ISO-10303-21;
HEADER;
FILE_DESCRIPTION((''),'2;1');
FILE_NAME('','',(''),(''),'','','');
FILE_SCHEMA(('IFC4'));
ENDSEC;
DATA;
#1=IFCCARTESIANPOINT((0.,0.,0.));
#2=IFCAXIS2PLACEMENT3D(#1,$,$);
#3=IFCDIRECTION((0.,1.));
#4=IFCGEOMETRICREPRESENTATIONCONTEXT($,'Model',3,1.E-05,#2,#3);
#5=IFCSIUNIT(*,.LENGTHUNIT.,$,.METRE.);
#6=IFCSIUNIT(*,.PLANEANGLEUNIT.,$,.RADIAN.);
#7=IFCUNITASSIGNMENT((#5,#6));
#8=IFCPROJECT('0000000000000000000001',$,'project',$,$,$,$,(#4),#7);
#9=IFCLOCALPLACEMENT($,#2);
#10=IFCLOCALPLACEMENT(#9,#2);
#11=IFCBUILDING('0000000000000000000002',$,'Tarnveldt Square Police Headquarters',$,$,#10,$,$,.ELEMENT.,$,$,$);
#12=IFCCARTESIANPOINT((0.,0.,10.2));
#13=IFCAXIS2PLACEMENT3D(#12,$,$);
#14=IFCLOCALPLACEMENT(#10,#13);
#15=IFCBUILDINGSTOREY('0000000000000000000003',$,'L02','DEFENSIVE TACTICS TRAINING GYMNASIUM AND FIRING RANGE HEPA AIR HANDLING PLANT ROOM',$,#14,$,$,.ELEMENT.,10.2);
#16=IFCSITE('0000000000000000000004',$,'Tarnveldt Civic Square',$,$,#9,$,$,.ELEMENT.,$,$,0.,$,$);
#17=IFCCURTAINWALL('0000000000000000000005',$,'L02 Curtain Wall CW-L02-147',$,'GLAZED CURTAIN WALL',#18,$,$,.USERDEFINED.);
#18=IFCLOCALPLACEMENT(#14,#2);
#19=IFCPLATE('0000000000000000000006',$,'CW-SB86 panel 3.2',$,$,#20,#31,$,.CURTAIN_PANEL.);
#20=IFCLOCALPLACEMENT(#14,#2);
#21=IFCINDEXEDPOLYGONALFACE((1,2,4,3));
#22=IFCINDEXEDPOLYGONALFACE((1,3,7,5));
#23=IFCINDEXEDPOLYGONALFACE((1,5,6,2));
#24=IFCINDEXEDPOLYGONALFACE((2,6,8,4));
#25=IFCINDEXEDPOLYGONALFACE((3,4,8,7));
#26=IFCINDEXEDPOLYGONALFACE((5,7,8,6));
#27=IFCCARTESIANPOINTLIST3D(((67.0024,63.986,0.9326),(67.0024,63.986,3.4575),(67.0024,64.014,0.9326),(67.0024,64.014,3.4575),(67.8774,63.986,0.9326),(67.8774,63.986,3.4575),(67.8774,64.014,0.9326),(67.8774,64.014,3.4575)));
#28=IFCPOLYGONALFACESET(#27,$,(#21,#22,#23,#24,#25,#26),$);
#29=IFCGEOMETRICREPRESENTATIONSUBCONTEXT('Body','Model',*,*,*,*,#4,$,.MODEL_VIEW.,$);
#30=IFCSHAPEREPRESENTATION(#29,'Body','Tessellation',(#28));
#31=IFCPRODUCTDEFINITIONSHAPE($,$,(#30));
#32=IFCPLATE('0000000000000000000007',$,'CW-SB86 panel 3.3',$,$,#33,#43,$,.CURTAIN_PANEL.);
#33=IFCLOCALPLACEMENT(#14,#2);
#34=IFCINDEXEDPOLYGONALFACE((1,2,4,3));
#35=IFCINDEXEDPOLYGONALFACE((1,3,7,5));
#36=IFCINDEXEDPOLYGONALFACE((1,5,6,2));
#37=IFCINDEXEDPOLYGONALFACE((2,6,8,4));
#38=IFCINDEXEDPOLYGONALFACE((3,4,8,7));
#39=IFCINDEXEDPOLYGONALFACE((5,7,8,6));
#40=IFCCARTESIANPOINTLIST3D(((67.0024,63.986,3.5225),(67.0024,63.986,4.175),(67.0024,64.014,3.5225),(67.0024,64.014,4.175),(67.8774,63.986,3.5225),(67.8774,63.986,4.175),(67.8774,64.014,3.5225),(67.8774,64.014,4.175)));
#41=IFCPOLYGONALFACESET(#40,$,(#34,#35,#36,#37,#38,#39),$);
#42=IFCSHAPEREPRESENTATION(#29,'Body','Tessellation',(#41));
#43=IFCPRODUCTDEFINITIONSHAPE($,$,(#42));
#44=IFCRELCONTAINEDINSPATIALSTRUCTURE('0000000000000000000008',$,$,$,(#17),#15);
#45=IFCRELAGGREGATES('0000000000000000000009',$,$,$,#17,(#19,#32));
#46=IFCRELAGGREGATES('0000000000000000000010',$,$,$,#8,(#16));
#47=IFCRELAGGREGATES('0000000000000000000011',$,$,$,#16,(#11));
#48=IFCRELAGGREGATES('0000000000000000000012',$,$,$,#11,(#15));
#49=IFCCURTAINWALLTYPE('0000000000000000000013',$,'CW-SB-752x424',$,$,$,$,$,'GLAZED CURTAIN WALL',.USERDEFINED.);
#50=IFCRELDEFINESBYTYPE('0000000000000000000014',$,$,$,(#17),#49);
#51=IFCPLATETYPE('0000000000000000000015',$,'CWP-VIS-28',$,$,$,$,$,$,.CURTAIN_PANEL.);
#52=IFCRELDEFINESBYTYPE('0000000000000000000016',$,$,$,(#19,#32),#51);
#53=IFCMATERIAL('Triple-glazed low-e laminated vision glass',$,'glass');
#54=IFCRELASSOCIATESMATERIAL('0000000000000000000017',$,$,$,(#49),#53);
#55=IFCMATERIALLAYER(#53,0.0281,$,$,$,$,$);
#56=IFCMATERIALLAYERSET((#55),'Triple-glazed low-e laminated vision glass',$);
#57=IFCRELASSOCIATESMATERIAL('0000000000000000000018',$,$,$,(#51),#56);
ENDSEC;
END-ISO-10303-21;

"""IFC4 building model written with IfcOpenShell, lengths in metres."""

from ifc_helpers import new_model, si_unit, direction, frame, origin, origin_2d, place, context, subcontext, project, spatial, rectangle, extrude, material, layer, layer_set, type_object, element, aggregate, save


model = new_model("IFC4")

# Units and contexts
model_context = context("Model", 3, precision=1e-05, world=origin(), true_north=direction((0.0, 1.0)))
body_context = subcontext(model_context, "Body", "Model", "MODEL_VIEW")
ifc_project = project(units=[si_unit("LENGTHUNIT", "METRE"), si_unit("PLANEANGLEUNIT", "RADIAN")], contexts=[model_context])

# Site, building, storey
site_placement = place(None, origin())
site = spatial("IfcSite", under=ifc_project, at=site_placement, Name="Tarnveldt Civic Square", CompositionType="ELEMENT", RefElevation=0.0)
building_placement = place(site_placement, origin())
building = spatial("IfcBuilding", under=site, at=building_placement, Name="Tarnveldt Square Police Headquarters", CompositionType="ELEMENT")
storey_placement = place(building_placement, frame((0.0, 0.0, 10.2)))
storey = spatial("IfcBuildingStorey", under=building, at=storey_placement, Name="L02", Description="DEFENSIVE TACTICS TRAINING GYMNASIUM AND FIRING RANGE HEPA AIR HANDLING PLANT ROOM", CompositionType="ELEMENT", Elevation=10.2)

# Curtain wall
ifc_material_1 = material(Name="Triple-glazed low-e laminated vision glass", Category="glass")
curtain_wall_type = type_object("IfcCurtainWallType", Name="CW-SB-752x424", ElementType="GLAZED CURTAIN WALL", PredefinedType="USERDEFINED", material=ifc_material_1)
curtain_wall_1_placement = place(storey_placement, origin())
curtain_wall_1 = element("IfcCurtainWall", 1, at=curtain_wall_1_placement, inside=storey, type_object=curtain_wall_type, Name="L02 Curtain Wall CW-L02-147", ObjectType="GLAZED CURTAIN WALL", PredefinedType="USERDEFINED")

# Plates
ifc_layer = layer(ifc_material_1, 0.0281)
ifc_layer_set = layer_set([ifc_layer], Name="Triple-glazed low-e laminated vision glass")
plate_type = type_object("IfcPlateType", Name="CWP-VIS-28", PredefinedType="CURTAIN_PANEL", material=ifc_layer_set)
plate_1_placement = place(storey_placement, frame((67.4399, 64.0, 0.9326), z_axis=(0.0, 0.0, 1.0), x_axis=(1.0, 0.0, 0.0)))
plate_1 = element("IfcPlate", 2, at=plate_1_placement, type_object=plate_type, Name="CW-SB86 panel 3.2", PredefinedType="CURTAIN_PANEL", context=body_context, shape_type="SweptSolid", body=[
    extrude(rectangle(XDim=0.875, YDim=0.0281, at=origin_2d()), origin(), (0.0, 0.0, 1.0), 2.5249),
])
plate_2_placement = place(storey_placement, frame((67.4399, 64.0, 3.5225), z_axis=(0.0, 0.0, 1.0), x_axis=(1.0, 0.0, 0.0)))
plate_2 = element("IfcPlate", 3, at=plate_2_placement, type_object=plate_type, Name="CW-SB86 panel 3.3", PredefinedType="CURTAIN_PANEL", context=body_context, shape_type="SweptSolid", body=[
    extrude(rectangle(XDim=0.875, YDim=0.0281, at=origin_2d()), origin(), (0.0, 0.0, 1.0), 0.6526),
])
aggregate(curtain_wall_1, [plate_1, plate_2])

save(model, "model.ifc")
